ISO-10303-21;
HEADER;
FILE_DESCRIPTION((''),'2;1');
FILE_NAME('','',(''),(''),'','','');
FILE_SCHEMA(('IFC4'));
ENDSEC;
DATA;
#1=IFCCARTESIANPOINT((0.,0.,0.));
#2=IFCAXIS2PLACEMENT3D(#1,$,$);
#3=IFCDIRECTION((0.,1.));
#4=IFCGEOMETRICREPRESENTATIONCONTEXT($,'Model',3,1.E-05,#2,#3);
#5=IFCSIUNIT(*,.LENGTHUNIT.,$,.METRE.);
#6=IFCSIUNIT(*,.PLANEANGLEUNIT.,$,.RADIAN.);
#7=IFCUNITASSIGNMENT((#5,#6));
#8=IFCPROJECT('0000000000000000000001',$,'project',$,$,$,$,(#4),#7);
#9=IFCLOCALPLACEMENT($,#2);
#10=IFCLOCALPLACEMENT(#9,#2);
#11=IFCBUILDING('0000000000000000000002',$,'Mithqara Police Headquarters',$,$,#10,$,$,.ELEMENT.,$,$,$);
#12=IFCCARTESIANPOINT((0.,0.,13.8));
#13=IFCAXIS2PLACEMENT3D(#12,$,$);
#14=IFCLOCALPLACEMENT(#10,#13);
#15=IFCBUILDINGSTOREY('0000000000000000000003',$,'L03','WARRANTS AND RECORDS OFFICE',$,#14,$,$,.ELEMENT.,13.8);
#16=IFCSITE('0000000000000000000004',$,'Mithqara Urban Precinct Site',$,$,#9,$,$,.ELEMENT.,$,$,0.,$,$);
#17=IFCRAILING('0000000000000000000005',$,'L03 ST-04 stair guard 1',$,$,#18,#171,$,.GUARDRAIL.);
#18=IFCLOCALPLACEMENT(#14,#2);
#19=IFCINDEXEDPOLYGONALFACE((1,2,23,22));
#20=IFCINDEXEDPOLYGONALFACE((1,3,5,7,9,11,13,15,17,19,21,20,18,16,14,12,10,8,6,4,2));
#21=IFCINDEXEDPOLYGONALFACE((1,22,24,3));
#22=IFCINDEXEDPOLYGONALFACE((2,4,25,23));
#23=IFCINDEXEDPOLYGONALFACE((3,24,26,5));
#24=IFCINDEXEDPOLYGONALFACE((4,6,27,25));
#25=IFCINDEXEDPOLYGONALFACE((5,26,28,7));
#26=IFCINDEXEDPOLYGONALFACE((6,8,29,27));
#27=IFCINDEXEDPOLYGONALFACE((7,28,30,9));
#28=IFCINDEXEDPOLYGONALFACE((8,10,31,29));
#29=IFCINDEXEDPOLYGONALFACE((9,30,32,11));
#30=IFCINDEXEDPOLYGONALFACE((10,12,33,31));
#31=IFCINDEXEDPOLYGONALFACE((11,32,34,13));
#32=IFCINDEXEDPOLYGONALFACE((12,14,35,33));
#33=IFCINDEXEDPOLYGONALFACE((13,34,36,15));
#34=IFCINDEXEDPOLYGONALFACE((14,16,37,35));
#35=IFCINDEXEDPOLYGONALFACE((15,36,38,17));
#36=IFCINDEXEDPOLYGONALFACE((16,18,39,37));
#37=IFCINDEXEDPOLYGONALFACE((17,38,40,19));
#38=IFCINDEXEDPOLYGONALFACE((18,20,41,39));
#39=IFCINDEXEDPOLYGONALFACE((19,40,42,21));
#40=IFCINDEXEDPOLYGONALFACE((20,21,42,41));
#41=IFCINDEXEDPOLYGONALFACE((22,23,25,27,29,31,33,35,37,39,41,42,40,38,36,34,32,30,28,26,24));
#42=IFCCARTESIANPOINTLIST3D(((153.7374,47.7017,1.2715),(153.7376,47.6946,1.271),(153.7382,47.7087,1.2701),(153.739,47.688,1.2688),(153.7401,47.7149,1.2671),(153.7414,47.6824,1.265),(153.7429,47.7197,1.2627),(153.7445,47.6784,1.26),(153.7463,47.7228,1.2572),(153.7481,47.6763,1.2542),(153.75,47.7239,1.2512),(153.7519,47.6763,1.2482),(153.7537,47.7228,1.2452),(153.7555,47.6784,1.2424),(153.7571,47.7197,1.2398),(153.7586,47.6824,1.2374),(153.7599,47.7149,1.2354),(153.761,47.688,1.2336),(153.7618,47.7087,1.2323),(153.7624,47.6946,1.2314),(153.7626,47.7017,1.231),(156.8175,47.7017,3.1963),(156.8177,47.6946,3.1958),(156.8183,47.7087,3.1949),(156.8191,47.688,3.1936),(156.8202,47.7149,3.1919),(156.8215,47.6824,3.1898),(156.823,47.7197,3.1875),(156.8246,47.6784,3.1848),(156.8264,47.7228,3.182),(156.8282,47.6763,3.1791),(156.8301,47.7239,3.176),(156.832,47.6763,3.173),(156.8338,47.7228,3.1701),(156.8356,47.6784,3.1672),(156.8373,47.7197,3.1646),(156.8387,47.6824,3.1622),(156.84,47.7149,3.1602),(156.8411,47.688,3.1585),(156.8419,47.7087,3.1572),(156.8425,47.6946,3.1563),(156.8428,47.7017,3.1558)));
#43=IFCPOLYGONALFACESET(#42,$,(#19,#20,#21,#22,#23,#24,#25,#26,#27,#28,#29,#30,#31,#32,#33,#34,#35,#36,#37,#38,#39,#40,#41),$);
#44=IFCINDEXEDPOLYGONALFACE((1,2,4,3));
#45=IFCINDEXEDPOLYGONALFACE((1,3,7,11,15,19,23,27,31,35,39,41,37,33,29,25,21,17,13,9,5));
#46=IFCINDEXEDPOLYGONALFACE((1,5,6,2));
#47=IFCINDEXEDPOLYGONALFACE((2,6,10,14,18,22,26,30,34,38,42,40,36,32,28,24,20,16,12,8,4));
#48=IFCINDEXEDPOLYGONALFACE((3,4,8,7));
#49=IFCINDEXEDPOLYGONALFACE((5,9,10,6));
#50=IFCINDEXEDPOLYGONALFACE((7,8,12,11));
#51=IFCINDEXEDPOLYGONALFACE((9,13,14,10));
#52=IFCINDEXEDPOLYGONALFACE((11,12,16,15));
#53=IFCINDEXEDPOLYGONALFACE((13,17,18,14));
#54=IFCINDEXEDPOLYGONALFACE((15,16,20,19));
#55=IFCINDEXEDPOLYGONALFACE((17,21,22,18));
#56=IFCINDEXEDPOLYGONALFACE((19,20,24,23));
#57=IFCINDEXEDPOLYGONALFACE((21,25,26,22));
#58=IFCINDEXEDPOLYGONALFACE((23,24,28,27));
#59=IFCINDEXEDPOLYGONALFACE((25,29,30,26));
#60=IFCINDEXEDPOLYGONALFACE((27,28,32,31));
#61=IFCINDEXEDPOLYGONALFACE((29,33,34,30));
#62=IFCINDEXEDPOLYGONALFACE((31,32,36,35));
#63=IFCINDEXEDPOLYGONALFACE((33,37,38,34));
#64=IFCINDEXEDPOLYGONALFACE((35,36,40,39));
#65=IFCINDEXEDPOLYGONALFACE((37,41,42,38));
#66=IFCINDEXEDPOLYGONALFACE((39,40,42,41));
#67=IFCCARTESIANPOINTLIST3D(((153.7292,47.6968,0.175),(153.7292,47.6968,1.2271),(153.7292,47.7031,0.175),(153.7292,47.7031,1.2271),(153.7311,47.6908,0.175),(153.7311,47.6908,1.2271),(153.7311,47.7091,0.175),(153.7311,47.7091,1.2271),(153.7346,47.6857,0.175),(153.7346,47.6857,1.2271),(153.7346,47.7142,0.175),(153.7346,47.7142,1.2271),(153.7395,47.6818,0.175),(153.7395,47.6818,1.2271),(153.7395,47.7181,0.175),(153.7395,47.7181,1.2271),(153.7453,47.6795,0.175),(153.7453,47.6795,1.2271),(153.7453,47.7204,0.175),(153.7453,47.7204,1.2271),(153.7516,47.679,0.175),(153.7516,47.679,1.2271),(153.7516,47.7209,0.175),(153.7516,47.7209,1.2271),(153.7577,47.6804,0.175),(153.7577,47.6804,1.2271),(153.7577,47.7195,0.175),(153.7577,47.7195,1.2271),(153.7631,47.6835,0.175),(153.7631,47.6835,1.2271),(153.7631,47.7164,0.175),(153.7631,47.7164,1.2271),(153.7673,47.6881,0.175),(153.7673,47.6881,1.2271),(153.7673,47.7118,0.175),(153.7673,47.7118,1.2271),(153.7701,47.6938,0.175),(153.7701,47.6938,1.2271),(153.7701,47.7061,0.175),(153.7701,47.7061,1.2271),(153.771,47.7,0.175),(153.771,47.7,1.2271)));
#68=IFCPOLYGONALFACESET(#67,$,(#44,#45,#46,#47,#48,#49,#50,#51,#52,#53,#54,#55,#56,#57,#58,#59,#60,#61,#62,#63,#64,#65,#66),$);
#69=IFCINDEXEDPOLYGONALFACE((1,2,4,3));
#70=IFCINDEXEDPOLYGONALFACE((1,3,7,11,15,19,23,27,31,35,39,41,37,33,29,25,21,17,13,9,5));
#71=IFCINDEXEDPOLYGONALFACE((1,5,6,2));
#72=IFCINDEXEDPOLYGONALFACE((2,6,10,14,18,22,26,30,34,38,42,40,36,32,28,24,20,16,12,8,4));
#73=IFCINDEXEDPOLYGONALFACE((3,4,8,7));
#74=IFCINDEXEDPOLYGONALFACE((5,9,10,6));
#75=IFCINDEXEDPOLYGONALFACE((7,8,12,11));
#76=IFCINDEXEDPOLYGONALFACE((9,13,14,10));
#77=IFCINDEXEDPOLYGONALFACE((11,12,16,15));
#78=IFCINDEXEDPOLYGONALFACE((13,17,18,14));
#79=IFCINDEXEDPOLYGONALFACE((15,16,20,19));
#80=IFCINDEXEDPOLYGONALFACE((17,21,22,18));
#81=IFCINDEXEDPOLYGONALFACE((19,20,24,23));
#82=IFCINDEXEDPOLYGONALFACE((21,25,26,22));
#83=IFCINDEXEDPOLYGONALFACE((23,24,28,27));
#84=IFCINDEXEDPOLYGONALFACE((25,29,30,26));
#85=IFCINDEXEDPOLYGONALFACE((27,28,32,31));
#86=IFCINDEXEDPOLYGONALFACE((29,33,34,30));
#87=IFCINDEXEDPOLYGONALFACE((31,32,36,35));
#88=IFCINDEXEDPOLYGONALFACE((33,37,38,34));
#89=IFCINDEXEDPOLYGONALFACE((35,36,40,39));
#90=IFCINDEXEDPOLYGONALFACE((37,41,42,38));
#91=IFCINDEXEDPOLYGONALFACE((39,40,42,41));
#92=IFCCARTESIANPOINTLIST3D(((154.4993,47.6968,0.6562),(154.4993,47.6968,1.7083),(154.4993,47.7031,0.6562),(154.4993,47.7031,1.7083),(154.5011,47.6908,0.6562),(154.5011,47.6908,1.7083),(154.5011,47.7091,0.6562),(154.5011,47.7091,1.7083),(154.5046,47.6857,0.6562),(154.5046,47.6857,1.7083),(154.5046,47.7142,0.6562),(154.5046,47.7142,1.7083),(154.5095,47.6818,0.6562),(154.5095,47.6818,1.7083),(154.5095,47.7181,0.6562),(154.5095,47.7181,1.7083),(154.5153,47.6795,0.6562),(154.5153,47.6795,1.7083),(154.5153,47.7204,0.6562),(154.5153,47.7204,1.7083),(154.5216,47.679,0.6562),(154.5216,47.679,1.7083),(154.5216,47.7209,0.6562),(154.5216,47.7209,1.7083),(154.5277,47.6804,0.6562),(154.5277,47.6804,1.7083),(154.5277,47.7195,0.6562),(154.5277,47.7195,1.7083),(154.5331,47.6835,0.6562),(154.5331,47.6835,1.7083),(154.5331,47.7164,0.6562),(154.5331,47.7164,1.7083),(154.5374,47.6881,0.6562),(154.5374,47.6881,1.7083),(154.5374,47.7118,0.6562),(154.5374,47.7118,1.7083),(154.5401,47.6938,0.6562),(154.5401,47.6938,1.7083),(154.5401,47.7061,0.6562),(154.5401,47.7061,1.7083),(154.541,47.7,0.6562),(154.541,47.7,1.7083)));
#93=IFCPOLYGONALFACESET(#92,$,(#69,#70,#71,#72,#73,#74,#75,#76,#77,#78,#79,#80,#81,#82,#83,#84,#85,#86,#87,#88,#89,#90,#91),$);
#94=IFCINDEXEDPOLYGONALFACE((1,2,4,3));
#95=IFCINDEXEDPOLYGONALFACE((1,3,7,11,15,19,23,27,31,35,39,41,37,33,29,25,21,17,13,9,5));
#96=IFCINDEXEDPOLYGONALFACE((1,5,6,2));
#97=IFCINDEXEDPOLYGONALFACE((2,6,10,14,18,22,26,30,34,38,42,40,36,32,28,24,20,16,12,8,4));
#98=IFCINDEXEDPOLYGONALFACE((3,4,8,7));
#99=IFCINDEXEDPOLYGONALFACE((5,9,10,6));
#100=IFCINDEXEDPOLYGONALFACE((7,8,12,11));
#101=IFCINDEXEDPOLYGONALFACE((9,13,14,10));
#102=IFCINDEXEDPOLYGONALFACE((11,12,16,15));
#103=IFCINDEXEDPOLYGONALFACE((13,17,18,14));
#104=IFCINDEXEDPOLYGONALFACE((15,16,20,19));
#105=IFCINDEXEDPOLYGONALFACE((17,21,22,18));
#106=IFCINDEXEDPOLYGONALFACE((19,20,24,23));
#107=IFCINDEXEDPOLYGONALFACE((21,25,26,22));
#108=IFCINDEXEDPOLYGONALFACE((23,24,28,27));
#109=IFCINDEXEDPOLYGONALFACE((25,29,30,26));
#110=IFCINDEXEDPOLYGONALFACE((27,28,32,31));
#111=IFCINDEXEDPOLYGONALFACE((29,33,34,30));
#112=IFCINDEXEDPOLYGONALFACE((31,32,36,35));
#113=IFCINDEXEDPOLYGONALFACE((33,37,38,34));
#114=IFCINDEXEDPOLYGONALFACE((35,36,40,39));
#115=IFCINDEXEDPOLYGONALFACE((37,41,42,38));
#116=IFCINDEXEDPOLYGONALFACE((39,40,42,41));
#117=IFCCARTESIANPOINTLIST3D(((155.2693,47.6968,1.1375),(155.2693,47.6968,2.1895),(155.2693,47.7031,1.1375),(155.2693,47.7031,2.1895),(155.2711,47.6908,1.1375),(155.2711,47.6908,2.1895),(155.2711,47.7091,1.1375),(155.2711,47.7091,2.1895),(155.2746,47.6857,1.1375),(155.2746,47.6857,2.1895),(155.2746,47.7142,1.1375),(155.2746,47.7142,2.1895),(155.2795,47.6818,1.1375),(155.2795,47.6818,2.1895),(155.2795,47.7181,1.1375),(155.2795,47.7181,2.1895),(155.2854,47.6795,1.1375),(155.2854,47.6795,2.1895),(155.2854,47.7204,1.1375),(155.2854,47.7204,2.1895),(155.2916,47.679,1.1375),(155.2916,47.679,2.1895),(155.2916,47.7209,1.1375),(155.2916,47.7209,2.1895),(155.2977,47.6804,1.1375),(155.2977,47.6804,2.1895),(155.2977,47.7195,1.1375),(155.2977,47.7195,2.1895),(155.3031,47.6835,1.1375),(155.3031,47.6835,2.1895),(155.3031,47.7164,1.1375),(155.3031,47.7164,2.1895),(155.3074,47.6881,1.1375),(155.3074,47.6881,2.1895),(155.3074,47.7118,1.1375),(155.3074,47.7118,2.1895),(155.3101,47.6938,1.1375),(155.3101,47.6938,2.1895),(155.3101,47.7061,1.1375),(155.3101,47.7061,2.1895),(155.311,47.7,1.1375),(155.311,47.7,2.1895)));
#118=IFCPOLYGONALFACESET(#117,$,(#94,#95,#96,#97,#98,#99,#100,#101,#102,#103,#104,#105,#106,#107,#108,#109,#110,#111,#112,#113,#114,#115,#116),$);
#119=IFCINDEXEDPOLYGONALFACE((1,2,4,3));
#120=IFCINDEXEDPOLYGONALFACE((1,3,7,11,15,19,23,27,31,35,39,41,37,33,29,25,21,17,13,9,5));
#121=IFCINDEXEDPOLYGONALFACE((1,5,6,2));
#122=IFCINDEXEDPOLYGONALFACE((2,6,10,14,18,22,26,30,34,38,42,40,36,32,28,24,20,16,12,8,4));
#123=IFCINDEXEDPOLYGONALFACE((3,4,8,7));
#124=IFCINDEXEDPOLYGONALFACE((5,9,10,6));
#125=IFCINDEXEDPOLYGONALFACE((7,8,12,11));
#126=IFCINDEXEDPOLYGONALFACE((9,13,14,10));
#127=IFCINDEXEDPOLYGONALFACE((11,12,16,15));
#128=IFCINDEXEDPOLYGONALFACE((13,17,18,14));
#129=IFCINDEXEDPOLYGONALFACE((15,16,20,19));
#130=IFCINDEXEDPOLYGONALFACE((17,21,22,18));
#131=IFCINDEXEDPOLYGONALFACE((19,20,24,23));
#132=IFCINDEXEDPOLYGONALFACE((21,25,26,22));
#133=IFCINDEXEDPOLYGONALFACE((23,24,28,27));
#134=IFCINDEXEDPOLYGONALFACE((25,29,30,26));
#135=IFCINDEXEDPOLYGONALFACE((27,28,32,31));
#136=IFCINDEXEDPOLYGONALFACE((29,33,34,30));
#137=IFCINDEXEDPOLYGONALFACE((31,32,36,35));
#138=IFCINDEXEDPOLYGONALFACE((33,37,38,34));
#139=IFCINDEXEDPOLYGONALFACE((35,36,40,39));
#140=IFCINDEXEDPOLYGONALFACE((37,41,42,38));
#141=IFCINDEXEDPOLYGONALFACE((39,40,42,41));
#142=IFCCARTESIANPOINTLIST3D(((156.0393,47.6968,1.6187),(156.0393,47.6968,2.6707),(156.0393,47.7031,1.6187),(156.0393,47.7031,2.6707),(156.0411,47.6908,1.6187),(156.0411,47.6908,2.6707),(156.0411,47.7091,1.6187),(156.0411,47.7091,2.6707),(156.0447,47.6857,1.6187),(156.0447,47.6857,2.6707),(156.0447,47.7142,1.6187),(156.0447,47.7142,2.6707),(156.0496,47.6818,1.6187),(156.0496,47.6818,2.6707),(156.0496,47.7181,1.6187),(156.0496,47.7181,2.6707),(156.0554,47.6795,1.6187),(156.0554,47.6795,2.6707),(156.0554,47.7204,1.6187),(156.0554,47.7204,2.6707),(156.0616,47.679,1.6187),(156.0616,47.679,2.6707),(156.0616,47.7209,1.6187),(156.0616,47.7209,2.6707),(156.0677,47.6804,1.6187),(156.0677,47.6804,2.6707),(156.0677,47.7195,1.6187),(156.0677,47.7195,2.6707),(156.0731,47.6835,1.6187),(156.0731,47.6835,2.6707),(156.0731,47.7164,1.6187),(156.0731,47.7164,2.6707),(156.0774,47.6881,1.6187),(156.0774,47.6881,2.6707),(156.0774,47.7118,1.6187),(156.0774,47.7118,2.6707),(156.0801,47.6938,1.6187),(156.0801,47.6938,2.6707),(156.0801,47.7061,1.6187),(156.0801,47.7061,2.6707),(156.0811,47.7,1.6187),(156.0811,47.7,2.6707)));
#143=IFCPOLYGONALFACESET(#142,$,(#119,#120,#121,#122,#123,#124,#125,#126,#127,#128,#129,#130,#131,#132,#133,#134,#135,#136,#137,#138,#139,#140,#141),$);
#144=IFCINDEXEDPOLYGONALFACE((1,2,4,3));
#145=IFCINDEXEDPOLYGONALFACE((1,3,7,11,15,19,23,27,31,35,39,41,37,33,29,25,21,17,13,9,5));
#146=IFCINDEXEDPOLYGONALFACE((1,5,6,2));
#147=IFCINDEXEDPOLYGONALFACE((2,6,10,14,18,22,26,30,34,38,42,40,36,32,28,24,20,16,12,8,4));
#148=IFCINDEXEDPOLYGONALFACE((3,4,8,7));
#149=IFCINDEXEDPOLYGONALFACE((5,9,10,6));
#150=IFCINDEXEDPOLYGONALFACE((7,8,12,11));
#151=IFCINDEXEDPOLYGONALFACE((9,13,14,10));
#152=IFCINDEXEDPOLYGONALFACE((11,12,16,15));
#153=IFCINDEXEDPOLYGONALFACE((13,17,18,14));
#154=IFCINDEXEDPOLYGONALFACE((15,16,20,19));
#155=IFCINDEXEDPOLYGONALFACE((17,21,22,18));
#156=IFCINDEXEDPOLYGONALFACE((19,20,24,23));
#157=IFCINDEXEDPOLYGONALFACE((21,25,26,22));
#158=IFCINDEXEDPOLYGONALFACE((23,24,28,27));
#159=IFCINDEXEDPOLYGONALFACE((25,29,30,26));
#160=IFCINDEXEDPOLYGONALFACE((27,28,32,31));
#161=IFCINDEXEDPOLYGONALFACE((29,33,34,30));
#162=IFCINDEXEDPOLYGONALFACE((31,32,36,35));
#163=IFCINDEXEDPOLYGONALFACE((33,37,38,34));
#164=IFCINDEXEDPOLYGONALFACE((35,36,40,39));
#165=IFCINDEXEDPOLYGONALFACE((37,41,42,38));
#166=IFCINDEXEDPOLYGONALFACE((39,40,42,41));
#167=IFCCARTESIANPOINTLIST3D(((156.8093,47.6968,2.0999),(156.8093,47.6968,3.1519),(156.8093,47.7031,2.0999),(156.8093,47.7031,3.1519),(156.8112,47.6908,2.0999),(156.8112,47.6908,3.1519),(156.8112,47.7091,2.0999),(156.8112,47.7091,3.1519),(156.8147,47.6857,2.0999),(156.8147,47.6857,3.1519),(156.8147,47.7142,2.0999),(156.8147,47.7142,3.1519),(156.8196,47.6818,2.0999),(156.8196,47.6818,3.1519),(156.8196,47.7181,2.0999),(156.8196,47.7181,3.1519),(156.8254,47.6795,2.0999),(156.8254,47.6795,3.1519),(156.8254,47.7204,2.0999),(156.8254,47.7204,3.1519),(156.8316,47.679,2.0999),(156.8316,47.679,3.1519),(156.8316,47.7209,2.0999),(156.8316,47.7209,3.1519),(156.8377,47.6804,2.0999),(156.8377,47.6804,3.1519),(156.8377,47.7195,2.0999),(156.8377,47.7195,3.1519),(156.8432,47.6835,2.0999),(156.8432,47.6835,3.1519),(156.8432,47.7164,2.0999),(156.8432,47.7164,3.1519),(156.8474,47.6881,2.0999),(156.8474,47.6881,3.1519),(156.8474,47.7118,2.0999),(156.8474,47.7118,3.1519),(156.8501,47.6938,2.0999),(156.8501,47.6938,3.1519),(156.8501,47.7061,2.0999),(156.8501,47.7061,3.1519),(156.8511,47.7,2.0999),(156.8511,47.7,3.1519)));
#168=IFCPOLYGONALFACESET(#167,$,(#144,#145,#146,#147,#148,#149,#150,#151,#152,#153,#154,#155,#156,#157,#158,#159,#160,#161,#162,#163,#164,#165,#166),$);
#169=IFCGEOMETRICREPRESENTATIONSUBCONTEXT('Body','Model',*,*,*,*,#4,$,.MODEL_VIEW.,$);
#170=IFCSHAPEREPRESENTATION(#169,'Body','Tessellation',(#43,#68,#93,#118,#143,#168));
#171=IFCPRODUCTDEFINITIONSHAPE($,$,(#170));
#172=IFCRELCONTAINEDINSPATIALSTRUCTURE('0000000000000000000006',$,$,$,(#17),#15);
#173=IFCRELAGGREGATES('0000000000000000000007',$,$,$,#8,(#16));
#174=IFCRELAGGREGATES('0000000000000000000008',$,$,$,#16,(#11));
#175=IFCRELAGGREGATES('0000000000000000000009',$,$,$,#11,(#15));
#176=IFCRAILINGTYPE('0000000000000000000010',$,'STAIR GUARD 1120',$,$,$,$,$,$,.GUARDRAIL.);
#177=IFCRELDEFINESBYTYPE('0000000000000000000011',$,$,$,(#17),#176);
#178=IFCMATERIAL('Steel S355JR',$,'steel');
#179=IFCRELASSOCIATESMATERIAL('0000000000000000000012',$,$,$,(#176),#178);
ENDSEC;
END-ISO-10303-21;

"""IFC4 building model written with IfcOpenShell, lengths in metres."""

from ifc_helpers import new_model, si_unit, direction, frame, origin, origin_2d, place, context, subcontext, project, spatial, circle, extrude, material, type_object, element, save


model = new_model("IFC4")

# Units and contexts
model_context = context("Model", 3, precision=1e-05, world=origin(), true_north=direction((0.0, 1.0)))
body_context = subcontext(model_context, "Body", "Model", "MODEL_VIEW")
ifc_project = project(units=[si_unit("LENGTHUNIT", "METRE"), si_unit("PLANEANGLEUNIT", "RADIAN")], contexts=[model_context])

# Site, building, storey
site_placement = place(None, origin())
site = spatial("IfcSite", under=ifc_project, at=site_placement, Name="Mithqara Urban Precinct Site", CompositionType="ELEMENT", RefElevation=0.0)
building_placement = place(site_placement, origin())
building = spatial("IfcBuilding", under=site, at=building_placement, Name="Mithqara Police Headquarters", CompositionType="ELEMENT")
storey_placement = place(building_placement, frame((0.0, 0.0, 13.8)))
storey = spatial("IfcBuildingStorey", under=building, at=storey_placement, Name="L03", Description="WARRANTS AND RECORDS OFFICE", CompositionType="ELEMENT", Elevation=13.8)

# Shared definitions
ifc_material_1 = material(Name="Steel S355JR", Category="steel")

# Railing
railing_type_1 = type_object("IfcRailingType", Name="STAIR GUARD 1120", PredefinedType="GUARDRAIL", material=ifc_material_1)
railing_1_placement = place(storey_placement, frame((153.75, 47.7, 0.175)))
element("IfcRailing", 1, at=railing_1_placement, inside=storey, type_object=railing_type_1, Name="L03 ST-04 stair guard 1", PredefinedType="GUARDRAIL", context=body_context, shape_type="SweptSolid", body=[
    extrude(circle(Radius=0.0239, at=origin_2d()), frame((0.0, 0.0, 1.0762), z_axis=(0.848029, 0.0, 0.529951), x_axis=(0.0, 1.0, 0.0)), (0.0, 0.0, 1.0), 3.6321),
    extrude(circle(Radius=0.021, at=origin_2d()), origin(), (0.0, 0.0, 1.0), 1.052),
    extrude(circle(Radius=0.021, at=origin_2d()), frame((0.77, 0.0, 0.4812)), (0.0, 0.0, 1.0), 1.052),
    extrude(circle(Radius=0.021, at=origin_2d()), frame((1.54, 0.0, 0.9624)), (0.0, 0.0, 1.0), 1.052),
    extrude(circle(Radius=0.021, at=origin_2d()), frame((2.3101, 0.0, 1.4436)), (0.0, 0.0, 1.0), 1.052),
    extrude(circle(Radius=0.021, at=origin_2d()), frame((3.0801, 0.0, 1.9248)), (0.0, 0.0, 1.0), 1.052),
])

save(model, "model.ifc")
